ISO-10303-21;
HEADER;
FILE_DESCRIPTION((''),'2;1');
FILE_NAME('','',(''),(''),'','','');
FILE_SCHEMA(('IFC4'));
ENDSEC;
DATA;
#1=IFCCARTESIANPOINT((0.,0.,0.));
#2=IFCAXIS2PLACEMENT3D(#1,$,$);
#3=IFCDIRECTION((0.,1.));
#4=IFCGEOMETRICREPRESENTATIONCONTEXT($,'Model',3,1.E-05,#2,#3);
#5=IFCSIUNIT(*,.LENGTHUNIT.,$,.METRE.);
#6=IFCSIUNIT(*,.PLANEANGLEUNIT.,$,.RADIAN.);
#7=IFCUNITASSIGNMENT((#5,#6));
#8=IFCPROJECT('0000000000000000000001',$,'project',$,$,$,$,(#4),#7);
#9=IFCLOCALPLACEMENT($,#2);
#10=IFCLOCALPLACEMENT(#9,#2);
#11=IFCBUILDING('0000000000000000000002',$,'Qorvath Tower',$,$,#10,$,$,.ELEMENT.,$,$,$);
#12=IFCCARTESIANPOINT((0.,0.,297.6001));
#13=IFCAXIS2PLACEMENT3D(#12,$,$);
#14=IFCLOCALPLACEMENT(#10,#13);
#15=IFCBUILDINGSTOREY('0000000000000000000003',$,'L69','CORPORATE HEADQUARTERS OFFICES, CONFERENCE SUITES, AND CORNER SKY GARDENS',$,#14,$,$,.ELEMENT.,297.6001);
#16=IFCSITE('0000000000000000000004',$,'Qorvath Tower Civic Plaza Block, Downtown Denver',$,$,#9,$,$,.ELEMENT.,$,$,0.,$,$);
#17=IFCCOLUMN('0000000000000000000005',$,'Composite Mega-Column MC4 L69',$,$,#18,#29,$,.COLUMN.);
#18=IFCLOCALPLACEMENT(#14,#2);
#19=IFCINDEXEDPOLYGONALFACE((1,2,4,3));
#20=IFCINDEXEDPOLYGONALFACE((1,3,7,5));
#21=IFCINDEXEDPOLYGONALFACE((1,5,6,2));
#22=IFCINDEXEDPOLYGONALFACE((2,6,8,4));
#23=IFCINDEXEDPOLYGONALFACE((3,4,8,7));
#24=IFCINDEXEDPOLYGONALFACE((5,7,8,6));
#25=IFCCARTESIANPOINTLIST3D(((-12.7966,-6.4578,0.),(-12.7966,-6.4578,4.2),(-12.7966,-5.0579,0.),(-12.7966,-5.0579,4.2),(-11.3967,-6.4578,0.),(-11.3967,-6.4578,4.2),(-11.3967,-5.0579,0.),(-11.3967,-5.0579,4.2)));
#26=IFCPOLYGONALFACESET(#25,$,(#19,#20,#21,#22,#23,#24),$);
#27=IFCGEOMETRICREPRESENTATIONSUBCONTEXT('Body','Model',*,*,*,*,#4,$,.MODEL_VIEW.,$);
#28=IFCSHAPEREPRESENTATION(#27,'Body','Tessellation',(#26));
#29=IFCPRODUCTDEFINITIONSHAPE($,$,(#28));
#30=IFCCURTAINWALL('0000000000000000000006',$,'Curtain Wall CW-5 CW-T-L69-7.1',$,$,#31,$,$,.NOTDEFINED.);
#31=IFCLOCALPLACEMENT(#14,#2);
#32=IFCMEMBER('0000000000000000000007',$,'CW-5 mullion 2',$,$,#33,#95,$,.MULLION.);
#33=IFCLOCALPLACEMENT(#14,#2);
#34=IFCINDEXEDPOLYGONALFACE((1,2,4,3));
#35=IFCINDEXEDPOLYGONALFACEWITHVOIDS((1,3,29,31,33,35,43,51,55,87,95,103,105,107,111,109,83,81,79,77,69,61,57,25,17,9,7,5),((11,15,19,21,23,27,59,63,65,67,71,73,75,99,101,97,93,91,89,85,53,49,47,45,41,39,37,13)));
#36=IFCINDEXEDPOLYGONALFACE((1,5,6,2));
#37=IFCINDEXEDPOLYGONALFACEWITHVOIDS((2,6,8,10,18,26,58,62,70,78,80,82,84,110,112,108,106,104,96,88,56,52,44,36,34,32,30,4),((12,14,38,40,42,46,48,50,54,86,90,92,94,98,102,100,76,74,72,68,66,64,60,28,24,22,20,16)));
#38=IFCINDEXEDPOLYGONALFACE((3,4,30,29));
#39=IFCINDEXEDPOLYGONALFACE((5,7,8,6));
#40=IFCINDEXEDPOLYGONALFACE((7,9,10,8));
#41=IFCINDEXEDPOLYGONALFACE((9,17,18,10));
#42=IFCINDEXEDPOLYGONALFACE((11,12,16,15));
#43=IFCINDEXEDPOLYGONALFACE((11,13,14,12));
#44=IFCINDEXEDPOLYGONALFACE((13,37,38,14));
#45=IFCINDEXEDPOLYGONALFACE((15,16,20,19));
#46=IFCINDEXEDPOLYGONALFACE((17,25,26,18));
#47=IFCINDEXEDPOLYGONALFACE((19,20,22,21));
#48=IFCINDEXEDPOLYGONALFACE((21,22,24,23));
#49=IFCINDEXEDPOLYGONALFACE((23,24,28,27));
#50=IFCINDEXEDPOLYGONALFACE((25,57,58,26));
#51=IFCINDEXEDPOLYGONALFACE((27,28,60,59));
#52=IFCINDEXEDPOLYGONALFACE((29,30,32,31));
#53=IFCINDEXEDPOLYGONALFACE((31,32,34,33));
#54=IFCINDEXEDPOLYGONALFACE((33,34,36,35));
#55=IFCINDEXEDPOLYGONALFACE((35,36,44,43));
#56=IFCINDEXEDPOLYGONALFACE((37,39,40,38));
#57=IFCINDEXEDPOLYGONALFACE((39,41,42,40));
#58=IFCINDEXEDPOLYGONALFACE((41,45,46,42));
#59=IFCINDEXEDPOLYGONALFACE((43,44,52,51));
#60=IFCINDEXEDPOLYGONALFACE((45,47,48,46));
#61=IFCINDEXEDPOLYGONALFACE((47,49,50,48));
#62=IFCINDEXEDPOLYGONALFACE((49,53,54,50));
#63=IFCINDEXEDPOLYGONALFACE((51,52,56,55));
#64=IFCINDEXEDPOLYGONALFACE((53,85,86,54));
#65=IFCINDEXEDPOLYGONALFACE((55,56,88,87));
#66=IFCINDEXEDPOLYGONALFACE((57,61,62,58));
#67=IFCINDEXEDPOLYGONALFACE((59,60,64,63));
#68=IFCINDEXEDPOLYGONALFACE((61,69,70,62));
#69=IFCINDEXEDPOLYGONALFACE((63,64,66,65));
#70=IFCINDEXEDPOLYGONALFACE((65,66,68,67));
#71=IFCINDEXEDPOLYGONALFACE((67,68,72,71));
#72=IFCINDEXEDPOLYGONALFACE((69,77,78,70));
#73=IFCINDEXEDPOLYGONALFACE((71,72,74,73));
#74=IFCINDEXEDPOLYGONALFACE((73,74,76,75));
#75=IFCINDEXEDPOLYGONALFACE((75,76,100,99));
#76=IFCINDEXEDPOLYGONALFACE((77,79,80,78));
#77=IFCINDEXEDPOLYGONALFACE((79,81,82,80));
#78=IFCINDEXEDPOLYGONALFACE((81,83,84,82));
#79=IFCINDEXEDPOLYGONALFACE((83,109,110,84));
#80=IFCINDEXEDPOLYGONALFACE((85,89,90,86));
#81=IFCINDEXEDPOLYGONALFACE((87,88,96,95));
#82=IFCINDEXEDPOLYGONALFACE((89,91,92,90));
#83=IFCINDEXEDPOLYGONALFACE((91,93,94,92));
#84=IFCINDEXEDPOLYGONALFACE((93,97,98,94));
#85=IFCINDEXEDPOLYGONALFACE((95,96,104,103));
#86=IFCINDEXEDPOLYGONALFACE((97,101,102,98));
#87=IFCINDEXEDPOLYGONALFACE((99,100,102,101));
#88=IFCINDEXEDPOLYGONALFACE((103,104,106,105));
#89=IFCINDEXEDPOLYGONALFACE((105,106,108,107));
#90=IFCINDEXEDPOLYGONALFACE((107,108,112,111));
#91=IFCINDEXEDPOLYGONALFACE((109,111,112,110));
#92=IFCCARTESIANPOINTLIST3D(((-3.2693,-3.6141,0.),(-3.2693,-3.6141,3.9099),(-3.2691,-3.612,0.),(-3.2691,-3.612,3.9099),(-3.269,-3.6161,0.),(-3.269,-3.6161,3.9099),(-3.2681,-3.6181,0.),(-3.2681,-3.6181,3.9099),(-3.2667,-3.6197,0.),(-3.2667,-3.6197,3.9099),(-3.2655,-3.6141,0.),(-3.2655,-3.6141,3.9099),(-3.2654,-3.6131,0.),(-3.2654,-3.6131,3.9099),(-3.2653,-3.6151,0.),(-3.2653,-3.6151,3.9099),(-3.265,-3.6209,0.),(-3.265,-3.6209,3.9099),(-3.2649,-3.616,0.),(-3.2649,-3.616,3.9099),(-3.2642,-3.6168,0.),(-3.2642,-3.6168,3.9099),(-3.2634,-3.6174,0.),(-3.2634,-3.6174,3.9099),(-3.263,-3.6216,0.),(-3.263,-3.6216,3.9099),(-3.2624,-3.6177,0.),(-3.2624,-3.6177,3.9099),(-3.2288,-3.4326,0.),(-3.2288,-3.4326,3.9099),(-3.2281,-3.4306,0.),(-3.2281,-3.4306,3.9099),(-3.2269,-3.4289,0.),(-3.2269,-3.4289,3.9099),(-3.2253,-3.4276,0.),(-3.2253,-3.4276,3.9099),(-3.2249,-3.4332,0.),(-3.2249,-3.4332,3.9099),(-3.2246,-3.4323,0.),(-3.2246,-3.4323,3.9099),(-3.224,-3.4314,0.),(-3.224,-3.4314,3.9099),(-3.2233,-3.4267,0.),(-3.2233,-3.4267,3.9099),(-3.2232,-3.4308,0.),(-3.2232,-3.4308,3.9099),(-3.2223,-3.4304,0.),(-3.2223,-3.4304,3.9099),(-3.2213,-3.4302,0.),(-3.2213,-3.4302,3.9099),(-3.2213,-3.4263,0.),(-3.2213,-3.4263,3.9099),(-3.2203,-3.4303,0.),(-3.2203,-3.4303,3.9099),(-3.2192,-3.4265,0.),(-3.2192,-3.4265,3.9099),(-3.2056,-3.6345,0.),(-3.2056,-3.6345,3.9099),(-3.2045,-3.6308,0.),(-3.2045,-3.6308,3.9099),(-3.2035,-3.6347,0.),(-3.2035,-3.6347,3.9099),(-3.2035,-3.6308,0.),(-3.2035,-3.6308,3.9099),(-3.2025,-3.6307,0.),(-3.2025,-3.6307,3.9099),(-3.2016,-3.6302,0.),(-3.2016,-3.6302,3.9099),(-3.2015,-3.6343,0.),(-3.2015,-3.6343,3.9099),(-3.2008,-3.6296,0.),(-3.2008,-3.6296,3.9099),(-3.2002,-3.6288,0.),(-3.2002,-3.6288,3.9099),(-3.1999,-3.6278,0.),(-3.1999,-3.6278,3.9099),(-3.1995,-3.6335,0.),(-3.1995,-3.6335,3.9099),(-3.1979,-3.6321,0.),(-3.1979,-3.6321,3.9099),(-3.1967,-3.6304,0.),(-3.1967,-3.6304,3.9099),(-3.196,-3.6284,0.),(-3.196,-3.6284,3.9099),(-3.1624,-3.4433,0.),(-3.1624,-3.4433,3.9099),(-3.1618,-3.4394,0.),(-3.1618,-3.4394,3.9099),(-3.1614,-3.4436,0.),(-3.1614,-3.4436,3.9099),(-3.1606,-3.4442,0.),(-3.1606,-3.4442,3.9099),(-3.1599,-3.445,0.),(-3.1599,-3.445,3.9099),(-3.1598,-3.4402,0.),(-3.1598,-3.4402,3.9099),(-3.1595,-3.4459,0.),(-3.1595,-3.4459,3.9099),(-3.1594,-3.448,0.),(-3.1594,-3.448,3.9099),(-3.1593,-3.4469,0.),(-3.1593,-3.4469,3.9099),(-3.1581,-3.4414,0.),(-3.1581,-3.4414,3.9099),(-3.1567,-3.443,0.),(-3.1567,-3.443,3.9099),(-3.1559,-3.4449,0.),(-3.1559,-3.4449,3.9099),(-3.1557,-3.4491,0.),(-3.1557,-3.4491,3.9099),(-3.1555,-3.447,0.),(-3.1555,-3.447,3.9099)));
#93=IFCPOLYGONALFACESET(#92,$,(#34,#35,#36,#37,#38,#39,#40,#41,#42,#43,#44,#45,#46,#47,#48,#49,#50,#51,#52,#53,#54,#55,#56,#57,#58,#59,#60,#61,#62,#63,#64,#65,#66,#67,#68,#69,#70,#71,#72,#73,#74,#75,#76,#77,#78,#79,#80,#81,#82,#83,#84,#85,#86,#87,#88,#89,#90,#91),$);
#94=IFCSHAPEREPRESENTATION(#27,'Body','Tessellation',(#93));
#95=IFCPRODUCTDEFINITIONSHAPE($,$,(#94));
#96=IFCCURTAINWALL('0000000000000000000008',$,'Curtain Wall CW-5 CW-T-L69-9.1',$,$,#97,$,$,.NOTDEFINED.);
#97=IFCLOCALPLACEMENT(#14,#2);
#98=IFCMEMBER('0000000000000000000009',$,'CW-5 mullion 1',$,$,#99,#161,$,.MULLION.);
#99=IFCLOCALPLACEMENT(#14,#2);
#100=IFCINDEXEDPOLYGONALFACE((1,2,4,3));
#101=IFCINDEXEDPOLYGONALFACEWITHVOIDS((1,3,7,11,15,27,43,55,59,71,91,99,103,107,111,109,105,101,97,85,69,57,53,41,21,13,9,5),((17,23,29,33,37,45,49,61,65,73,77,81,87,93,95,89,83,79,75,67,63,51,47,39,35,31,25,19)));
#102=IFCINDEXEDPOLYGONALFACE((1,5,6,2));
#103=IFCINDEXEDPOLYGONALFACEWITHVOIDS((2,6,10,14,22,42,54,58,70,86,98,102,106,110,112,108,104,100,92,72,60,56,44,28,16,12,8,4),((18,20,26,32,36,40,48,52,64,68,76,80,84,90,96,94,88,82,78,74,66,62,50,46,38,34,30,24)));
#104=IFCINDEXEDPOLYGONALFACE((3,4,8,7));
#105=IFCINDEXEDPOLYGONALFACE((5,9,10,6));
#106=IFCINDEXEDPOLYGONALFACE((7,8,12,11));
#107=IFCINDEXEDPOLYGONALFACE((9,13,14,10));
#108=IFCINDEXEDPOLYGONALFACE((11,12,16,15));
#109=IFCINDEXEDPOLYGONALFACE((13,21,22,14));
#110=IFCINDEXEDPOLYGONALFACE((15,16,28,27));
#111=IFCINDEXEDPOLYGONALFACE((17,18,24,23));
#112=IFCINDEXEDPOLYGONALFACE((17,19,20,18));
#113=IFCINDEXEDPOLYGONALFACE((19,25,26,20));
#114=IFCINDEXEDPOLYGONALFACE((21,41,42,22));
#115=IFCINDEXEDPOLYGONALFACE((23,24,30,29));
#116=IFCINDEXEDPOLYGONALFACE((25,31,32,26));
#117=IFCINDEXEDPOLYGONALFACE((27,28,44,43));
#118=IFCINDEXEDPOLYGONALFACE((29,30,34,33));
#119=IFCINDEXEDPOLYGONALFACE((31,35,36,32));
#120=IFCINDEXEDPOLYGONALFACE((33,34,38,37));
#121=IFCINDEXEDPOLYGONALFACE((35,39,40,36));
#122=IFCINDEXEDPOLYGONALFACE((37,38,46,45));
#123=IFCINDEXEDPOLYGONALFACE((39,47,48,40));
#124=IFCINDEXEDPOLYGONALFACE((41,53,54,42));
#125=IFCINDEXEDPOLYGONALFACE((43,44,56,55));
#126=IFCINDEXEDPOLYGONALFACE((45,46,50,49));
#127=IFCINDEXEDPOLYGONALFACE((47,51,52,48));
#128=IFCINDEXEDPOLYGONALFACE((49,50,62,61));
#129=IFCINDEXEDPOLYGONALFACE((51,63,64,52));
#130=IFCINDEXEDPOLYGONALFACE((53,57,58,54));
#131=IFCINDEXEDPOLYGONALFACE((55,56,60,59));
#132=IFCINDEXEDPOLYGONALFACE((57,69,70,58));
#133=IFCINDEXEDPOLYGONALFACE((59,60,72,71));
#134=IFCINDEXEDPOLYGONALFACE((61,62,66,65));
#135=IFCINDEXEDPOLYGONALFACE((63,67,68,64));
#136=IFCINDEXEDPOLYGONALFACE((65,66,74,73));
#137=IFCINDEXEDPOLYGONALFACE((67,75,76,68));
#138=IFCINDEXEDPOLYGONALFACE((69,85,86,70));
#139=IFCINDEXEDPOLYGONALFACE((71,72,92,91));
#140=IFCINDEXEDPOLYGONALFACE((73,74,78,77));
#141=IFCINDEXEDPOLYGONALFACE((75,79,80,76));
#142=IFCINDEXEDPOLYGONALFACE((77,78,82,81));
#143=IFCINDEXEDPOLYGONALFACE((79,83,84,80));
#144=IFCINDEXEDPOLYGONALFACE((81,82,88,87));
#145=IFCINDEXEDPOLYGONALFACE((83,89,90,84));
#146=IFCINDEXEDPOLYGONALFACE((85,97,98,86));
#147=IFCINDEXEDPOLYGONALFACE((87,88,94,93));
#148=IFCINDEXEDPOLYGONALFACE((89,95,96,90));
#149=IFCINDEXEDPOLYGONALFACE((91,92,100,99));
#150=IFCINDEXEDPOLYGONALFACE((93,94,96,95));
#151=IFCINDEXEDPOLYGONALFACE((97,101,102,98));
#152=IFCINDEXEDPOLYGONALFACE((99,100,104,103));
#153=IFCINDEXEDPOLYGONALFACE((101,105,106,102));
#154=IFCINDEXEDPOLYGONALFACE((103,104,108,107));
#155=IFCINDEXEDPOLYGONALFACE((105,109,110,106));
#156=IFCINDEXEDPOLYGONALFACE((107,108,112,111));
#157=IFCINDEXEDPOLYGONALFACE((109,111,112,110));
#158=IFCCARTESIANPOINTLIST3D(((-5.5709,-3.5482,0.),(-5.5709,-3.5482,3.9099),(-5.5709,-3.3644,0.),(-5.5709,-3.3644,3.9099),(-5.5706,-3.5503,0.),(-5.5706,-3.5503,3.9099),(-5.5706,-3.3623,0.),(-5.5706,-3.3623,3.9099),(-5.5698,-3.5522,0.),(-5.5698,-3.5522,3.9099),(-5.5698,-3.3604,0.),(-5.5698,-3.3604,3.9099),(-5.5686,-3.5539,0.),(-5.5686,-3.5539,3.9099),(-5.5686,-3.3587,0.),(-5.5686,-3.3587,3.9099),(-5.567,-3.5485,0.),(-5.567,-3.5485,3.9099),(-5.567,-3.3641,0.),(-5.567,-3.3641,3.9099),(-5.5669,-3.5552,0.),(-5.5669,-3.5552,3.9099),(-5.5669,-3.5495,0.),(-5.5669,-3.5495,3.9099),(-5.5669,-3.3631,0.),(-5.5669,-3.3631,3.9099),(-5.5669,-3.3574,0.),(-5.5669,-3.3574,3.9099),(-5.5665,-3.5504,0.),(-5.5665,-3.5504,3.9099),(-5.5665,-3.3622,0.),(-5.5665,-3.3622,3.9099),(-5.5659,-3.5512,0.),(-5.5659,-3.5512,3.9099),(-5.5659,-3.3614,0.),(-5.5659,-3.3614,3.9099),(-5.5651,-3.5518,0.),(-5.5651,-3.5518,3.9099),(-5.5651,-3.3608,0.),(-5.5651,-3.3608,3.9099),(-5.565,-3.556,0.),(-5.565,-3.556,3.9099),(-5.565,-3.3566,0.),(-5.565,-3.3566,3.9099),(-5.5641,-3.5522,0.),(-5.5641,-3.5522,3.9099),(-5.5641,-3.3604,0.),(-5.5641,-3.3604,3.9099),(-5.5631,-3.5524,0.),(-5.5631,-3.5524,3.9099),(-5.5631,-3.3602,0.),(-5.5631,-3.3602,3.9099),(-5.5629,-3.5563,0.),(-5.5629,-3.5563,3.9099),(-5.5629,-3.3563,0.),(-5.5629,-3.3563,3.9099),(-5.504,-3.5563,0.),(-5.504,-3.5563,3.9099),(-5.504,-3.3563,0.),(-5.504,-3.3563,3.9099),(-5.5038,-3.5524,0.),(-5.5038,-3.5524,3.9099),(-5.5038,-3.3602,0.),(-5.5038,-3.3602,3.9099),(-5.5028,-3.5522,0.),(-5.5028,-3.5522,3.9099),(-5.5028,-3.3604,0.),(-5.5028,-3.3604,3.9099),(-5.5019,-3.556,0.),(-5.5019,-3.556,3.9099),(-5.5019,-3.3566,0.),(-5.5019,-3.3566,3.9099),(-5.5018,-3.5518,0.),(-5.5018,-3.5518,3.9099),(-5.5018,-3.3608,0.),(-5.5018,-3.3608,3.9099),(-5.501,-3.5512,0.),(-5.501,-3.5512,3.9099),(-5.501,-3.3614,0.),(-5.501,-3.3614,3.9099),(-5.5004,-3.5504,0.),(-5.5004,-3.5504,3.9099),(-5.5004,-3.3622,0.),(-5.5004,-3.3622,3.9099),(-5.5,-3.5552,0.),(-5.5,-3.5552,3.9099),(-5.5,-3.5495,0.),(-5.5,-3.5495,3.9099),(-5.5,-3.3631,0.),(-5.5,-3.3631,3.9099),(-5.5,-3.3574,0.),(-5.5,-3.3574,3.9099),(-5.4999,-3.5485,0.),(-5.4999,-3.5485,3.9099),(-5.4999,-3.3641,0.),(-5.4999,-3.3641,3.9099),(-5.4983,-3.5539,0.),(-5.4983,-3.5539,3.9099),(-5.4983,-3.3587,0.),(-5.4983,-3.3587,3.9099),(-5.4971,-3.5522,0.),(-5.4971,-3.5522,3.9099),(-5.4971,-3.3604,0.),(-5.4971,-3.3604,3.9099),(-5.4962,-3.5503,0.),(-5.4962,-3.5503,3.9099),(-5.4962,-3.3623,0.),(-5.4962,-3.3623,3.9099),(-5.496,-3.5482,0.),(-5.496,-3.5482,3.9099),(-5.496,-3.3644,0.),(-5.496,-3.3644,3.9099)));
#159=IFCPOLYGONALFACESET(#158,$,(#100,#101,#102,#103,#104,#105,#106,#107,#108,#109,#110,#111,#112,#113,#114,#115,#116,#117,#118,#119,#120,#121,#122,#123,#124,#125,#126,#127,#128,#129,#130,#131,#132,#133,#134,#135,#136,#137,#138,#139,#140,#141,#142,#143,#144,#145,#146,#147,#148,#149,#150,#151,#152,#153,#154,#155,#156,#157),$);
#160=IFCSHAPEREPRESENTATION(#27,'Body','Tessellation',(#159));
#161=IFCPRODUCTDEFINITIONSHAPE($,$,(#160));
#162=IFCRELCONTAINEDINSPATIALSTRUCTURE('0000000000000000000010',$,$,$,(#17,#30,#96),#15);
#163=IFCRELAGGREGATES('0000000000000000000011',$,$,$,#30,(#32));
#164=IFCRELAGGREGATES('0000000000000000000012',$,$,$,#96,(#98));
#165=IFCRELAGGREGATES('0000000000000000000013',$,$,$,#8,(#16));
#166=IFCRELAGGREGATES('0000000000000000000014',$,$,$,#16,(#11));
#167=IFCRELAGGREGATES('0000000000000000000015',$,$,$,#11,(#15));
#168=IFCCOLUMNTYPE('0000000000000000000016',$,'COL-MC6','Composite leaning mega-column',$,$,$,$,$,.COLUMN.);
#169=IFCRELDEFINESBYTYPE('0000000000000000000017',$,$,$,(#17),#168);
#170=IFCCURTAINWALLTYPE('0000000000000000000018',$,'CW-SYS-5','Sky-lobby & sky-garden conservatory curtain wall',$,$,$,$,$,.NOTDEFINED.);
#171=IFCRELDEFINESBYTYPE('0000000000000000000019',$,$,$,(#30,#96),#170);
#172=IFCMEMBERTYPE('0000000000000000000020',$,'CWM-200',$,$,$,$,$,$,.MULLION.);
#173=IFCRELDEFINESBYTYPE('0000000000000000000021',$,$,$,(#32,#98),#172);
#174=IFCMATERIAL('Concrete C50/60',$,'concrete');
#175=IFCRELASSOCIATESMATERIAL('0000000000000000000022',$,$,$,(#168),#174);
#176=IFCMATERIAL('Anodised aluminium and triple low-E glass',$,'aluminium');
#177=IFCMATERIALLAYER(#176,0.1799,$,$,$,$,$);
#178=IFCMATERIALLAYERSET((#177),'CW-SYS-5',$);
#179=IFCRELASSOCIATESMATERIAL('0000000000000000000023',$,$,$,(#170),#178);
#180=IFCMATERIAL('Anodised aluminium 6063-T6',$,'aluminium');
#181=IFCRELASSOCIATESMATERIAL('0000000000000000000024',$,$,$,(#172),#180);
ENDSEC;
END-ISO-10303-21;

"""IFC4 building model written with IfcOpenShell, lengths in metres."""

from ifc_helpers import new_model, si_unit, direction, frame, origin, origin_2d, place, context, subcontext, project, spatial, rectangle, hollow_rectangle, extrude, material, layer, layer_set, material_profile, profile_set, type_object, element, aggregate, save


model = new_model("IFC4")

# Units and contexts
model_context = context("Model", 3, precision=1e-05, world=origin(), true_north=direction((0.0, 1.0)))
body_context = subcontext(model_context, "Body", "Model", "MODEL_VIEW")
ifc_project = project(units=[si_unit("LENGTHUNIT", "METRE"), si_unit("PLANEANGLEUNIT", "RADIAN")], contexts=[model_context])

# Site, building, storey
site_placement = place(None, origin())
site = spatial("IfcSite", under=ifc_project, at=site_placement, Name="Qorvath Tower Civic Plaza Block, Downtown Denver", CompositionType="ELEMENT", RefElevation=0.0)
building_placement = place(site_placement, origin())
building = spatial("IfcBuilding", under=site, at=building_placement, Name="Qorvath Tower", CompositionType="ELEMENT")
storey_placement = place(building_placement, frame((0.0, 0.0, 297.6001)))
storey = spatial("IfcBuildingStorey", under=building, at=storey_placement, Name="L69", Description="CORPORATE HEADQUARTERS OFFICES, CONFERENCE SUITES, AND CORNER SKY GARDENS", CompositionType="ELEMENT", Elevation=297.6001)

# Column
ifc_material_1 = material(Name="Concrete C50/60", Category="concrete")
ifc_material_profile_1 = material_profile(ifc_material_1, rectangle(XDim=1.3999, YDim=1.3999, at=origin_2d()), Name="MC 1400x1400")
ifc_profile_set_1 = profile_set([ifc_material_profile_1], Name="Concrete C50/60")
column_type = type_object("IfcColumnType", Name="COL-MC6", Description="Composite leaning mega-column", PredefinedType="COLUMN", material=ifc_profile_set_1)
column_placement = place(storey_placement, frame((-12.0967, -5.7578, 0.0), z_axis=(0.0, 0.0, 1.0), x_axis=(1.0, 0.0, 0.0)))
element("IfcColumn", 1, at=column_placement, inside=storey, type_object=column_type, Name="Composite Mega-Column MC4 L69", PredefinedType="COLUMN", context=body_context, shape_type="SweptSolid", body=[
    extrude(rectangle(XDim=1.3999, YDim=1.3999, at=origin_2d()), origin(), (0.0, 0.0, 1.0), 4.2),
])

# Curtain wall, member
ifc_material_2 = material(Name="Anodised aluminium and triple low-E glass", Category="aluminium")
ifc_layer_1 = layer(ifc_material_2, 0.1799)
ifc_layer_set_1 = layer_set([ifc_layer_1], Name="CW-SYS-5")
curtain_wall_type = type_object("IfcCurtainWallType", Name="CW-SYS-5", Description="Sky-lobby & sky-garden conservatory curtain wall", PredefinedType="NOTDEFINED", material=ifc_layer_set_1)
curtain_wall_1_placement = place(storey_placement, origin())
curtain_wall_1 = element("IfcCurtainWall", 2, at=curtain_wall_1_placement, inside=storey, type_object=curtain_wall_type, Name="Curtain Wall CW-5 CW-T-L69-7.1", PredefinedType="NOTDEFINED")
ifc_material_3 = material(Name="Anodised aluminium 6063-T6", Category="aluminium")
ifc_material_profile_2 = material_profile(ifc_material_3, hollow_rectangle(XDim=0.075, YDim=0.2, WallThickness=0.0039, InnerFilletRadius=0.0039, OuterFilletRadius=0.0081, at=origin_2d()), Name="CWM 200x75")
ifc_profile_set_2 = profile_set([ifc_material_profile_2], Name="Anodised aluminium 6063-T6")
member_type_1 = type_object("IfcMemberType", Name="CWM-200", PredefinedType="MULLION", material=ifc_profile_set_2)
member_1_placement = place(storey_placement, frame((-3.2124, -3.5305, 0.0), z_axis=(0.0, 0.0, 1.0), x_axis=(-0.975659, 0.219293, 0.0)))
member_1 = element("IfcMember", 3, at=member_1_placement, type_object=member_type_1, Name="CW-5 mullion 2", PredefinedType="MULLION", context=body_context, shape_type="SweptSolid", body=[
    extrude(hollow_rectangle(XDim=0.075, YDim=0.2, WallThickness=0.0039, InnerFilletRadius=0.0039, OuterFilletRadius=0.0081, at=origin_2d()), origin(), (0.0, 0.0, 1.0), 3.9099),
])
aggregate(curtain_wall_1, [member_1])

# Curtain wall, member
curtain_wall_2_placement = place(storey_placement, origin())
curtain_wall_2 = element("IfcCurtainWall", 4, at=curtain_wall_2_placement, inside=storey, type_object=curtain_wall_type, Name="Curtain Wall CW-5 CW-T-L69-9.1", PredefinedType="NOTDEFINED")
member_2_placement = place(storey_placement, frame((-5.5334, -3.4563, 0.0), z_axis=(0.0, 0.0, 1.0), x_axis=(-1.0, 0.0, 0.0)))
member_2 = element("IfcMember", 5, at=member_2_placement, type_object=member_type_1, Name="CW-5 mullion 1", PredefinedType="MULLION", context=body_context, shape_type="SweptSolid", body=[
    extrude(hollow_rectangle(XDim=0.075, YDim=0.2, WallThickness=0.0039, InnerFilletRadius=0.0039, OuterFilletRadius=0.0081, at=origin_2d()), origin(), (0.0, 0.0, 1.0), 3.9099),
])
aggregate(curtain_wall_2, [member_2])

save(model, "model.ifc")
